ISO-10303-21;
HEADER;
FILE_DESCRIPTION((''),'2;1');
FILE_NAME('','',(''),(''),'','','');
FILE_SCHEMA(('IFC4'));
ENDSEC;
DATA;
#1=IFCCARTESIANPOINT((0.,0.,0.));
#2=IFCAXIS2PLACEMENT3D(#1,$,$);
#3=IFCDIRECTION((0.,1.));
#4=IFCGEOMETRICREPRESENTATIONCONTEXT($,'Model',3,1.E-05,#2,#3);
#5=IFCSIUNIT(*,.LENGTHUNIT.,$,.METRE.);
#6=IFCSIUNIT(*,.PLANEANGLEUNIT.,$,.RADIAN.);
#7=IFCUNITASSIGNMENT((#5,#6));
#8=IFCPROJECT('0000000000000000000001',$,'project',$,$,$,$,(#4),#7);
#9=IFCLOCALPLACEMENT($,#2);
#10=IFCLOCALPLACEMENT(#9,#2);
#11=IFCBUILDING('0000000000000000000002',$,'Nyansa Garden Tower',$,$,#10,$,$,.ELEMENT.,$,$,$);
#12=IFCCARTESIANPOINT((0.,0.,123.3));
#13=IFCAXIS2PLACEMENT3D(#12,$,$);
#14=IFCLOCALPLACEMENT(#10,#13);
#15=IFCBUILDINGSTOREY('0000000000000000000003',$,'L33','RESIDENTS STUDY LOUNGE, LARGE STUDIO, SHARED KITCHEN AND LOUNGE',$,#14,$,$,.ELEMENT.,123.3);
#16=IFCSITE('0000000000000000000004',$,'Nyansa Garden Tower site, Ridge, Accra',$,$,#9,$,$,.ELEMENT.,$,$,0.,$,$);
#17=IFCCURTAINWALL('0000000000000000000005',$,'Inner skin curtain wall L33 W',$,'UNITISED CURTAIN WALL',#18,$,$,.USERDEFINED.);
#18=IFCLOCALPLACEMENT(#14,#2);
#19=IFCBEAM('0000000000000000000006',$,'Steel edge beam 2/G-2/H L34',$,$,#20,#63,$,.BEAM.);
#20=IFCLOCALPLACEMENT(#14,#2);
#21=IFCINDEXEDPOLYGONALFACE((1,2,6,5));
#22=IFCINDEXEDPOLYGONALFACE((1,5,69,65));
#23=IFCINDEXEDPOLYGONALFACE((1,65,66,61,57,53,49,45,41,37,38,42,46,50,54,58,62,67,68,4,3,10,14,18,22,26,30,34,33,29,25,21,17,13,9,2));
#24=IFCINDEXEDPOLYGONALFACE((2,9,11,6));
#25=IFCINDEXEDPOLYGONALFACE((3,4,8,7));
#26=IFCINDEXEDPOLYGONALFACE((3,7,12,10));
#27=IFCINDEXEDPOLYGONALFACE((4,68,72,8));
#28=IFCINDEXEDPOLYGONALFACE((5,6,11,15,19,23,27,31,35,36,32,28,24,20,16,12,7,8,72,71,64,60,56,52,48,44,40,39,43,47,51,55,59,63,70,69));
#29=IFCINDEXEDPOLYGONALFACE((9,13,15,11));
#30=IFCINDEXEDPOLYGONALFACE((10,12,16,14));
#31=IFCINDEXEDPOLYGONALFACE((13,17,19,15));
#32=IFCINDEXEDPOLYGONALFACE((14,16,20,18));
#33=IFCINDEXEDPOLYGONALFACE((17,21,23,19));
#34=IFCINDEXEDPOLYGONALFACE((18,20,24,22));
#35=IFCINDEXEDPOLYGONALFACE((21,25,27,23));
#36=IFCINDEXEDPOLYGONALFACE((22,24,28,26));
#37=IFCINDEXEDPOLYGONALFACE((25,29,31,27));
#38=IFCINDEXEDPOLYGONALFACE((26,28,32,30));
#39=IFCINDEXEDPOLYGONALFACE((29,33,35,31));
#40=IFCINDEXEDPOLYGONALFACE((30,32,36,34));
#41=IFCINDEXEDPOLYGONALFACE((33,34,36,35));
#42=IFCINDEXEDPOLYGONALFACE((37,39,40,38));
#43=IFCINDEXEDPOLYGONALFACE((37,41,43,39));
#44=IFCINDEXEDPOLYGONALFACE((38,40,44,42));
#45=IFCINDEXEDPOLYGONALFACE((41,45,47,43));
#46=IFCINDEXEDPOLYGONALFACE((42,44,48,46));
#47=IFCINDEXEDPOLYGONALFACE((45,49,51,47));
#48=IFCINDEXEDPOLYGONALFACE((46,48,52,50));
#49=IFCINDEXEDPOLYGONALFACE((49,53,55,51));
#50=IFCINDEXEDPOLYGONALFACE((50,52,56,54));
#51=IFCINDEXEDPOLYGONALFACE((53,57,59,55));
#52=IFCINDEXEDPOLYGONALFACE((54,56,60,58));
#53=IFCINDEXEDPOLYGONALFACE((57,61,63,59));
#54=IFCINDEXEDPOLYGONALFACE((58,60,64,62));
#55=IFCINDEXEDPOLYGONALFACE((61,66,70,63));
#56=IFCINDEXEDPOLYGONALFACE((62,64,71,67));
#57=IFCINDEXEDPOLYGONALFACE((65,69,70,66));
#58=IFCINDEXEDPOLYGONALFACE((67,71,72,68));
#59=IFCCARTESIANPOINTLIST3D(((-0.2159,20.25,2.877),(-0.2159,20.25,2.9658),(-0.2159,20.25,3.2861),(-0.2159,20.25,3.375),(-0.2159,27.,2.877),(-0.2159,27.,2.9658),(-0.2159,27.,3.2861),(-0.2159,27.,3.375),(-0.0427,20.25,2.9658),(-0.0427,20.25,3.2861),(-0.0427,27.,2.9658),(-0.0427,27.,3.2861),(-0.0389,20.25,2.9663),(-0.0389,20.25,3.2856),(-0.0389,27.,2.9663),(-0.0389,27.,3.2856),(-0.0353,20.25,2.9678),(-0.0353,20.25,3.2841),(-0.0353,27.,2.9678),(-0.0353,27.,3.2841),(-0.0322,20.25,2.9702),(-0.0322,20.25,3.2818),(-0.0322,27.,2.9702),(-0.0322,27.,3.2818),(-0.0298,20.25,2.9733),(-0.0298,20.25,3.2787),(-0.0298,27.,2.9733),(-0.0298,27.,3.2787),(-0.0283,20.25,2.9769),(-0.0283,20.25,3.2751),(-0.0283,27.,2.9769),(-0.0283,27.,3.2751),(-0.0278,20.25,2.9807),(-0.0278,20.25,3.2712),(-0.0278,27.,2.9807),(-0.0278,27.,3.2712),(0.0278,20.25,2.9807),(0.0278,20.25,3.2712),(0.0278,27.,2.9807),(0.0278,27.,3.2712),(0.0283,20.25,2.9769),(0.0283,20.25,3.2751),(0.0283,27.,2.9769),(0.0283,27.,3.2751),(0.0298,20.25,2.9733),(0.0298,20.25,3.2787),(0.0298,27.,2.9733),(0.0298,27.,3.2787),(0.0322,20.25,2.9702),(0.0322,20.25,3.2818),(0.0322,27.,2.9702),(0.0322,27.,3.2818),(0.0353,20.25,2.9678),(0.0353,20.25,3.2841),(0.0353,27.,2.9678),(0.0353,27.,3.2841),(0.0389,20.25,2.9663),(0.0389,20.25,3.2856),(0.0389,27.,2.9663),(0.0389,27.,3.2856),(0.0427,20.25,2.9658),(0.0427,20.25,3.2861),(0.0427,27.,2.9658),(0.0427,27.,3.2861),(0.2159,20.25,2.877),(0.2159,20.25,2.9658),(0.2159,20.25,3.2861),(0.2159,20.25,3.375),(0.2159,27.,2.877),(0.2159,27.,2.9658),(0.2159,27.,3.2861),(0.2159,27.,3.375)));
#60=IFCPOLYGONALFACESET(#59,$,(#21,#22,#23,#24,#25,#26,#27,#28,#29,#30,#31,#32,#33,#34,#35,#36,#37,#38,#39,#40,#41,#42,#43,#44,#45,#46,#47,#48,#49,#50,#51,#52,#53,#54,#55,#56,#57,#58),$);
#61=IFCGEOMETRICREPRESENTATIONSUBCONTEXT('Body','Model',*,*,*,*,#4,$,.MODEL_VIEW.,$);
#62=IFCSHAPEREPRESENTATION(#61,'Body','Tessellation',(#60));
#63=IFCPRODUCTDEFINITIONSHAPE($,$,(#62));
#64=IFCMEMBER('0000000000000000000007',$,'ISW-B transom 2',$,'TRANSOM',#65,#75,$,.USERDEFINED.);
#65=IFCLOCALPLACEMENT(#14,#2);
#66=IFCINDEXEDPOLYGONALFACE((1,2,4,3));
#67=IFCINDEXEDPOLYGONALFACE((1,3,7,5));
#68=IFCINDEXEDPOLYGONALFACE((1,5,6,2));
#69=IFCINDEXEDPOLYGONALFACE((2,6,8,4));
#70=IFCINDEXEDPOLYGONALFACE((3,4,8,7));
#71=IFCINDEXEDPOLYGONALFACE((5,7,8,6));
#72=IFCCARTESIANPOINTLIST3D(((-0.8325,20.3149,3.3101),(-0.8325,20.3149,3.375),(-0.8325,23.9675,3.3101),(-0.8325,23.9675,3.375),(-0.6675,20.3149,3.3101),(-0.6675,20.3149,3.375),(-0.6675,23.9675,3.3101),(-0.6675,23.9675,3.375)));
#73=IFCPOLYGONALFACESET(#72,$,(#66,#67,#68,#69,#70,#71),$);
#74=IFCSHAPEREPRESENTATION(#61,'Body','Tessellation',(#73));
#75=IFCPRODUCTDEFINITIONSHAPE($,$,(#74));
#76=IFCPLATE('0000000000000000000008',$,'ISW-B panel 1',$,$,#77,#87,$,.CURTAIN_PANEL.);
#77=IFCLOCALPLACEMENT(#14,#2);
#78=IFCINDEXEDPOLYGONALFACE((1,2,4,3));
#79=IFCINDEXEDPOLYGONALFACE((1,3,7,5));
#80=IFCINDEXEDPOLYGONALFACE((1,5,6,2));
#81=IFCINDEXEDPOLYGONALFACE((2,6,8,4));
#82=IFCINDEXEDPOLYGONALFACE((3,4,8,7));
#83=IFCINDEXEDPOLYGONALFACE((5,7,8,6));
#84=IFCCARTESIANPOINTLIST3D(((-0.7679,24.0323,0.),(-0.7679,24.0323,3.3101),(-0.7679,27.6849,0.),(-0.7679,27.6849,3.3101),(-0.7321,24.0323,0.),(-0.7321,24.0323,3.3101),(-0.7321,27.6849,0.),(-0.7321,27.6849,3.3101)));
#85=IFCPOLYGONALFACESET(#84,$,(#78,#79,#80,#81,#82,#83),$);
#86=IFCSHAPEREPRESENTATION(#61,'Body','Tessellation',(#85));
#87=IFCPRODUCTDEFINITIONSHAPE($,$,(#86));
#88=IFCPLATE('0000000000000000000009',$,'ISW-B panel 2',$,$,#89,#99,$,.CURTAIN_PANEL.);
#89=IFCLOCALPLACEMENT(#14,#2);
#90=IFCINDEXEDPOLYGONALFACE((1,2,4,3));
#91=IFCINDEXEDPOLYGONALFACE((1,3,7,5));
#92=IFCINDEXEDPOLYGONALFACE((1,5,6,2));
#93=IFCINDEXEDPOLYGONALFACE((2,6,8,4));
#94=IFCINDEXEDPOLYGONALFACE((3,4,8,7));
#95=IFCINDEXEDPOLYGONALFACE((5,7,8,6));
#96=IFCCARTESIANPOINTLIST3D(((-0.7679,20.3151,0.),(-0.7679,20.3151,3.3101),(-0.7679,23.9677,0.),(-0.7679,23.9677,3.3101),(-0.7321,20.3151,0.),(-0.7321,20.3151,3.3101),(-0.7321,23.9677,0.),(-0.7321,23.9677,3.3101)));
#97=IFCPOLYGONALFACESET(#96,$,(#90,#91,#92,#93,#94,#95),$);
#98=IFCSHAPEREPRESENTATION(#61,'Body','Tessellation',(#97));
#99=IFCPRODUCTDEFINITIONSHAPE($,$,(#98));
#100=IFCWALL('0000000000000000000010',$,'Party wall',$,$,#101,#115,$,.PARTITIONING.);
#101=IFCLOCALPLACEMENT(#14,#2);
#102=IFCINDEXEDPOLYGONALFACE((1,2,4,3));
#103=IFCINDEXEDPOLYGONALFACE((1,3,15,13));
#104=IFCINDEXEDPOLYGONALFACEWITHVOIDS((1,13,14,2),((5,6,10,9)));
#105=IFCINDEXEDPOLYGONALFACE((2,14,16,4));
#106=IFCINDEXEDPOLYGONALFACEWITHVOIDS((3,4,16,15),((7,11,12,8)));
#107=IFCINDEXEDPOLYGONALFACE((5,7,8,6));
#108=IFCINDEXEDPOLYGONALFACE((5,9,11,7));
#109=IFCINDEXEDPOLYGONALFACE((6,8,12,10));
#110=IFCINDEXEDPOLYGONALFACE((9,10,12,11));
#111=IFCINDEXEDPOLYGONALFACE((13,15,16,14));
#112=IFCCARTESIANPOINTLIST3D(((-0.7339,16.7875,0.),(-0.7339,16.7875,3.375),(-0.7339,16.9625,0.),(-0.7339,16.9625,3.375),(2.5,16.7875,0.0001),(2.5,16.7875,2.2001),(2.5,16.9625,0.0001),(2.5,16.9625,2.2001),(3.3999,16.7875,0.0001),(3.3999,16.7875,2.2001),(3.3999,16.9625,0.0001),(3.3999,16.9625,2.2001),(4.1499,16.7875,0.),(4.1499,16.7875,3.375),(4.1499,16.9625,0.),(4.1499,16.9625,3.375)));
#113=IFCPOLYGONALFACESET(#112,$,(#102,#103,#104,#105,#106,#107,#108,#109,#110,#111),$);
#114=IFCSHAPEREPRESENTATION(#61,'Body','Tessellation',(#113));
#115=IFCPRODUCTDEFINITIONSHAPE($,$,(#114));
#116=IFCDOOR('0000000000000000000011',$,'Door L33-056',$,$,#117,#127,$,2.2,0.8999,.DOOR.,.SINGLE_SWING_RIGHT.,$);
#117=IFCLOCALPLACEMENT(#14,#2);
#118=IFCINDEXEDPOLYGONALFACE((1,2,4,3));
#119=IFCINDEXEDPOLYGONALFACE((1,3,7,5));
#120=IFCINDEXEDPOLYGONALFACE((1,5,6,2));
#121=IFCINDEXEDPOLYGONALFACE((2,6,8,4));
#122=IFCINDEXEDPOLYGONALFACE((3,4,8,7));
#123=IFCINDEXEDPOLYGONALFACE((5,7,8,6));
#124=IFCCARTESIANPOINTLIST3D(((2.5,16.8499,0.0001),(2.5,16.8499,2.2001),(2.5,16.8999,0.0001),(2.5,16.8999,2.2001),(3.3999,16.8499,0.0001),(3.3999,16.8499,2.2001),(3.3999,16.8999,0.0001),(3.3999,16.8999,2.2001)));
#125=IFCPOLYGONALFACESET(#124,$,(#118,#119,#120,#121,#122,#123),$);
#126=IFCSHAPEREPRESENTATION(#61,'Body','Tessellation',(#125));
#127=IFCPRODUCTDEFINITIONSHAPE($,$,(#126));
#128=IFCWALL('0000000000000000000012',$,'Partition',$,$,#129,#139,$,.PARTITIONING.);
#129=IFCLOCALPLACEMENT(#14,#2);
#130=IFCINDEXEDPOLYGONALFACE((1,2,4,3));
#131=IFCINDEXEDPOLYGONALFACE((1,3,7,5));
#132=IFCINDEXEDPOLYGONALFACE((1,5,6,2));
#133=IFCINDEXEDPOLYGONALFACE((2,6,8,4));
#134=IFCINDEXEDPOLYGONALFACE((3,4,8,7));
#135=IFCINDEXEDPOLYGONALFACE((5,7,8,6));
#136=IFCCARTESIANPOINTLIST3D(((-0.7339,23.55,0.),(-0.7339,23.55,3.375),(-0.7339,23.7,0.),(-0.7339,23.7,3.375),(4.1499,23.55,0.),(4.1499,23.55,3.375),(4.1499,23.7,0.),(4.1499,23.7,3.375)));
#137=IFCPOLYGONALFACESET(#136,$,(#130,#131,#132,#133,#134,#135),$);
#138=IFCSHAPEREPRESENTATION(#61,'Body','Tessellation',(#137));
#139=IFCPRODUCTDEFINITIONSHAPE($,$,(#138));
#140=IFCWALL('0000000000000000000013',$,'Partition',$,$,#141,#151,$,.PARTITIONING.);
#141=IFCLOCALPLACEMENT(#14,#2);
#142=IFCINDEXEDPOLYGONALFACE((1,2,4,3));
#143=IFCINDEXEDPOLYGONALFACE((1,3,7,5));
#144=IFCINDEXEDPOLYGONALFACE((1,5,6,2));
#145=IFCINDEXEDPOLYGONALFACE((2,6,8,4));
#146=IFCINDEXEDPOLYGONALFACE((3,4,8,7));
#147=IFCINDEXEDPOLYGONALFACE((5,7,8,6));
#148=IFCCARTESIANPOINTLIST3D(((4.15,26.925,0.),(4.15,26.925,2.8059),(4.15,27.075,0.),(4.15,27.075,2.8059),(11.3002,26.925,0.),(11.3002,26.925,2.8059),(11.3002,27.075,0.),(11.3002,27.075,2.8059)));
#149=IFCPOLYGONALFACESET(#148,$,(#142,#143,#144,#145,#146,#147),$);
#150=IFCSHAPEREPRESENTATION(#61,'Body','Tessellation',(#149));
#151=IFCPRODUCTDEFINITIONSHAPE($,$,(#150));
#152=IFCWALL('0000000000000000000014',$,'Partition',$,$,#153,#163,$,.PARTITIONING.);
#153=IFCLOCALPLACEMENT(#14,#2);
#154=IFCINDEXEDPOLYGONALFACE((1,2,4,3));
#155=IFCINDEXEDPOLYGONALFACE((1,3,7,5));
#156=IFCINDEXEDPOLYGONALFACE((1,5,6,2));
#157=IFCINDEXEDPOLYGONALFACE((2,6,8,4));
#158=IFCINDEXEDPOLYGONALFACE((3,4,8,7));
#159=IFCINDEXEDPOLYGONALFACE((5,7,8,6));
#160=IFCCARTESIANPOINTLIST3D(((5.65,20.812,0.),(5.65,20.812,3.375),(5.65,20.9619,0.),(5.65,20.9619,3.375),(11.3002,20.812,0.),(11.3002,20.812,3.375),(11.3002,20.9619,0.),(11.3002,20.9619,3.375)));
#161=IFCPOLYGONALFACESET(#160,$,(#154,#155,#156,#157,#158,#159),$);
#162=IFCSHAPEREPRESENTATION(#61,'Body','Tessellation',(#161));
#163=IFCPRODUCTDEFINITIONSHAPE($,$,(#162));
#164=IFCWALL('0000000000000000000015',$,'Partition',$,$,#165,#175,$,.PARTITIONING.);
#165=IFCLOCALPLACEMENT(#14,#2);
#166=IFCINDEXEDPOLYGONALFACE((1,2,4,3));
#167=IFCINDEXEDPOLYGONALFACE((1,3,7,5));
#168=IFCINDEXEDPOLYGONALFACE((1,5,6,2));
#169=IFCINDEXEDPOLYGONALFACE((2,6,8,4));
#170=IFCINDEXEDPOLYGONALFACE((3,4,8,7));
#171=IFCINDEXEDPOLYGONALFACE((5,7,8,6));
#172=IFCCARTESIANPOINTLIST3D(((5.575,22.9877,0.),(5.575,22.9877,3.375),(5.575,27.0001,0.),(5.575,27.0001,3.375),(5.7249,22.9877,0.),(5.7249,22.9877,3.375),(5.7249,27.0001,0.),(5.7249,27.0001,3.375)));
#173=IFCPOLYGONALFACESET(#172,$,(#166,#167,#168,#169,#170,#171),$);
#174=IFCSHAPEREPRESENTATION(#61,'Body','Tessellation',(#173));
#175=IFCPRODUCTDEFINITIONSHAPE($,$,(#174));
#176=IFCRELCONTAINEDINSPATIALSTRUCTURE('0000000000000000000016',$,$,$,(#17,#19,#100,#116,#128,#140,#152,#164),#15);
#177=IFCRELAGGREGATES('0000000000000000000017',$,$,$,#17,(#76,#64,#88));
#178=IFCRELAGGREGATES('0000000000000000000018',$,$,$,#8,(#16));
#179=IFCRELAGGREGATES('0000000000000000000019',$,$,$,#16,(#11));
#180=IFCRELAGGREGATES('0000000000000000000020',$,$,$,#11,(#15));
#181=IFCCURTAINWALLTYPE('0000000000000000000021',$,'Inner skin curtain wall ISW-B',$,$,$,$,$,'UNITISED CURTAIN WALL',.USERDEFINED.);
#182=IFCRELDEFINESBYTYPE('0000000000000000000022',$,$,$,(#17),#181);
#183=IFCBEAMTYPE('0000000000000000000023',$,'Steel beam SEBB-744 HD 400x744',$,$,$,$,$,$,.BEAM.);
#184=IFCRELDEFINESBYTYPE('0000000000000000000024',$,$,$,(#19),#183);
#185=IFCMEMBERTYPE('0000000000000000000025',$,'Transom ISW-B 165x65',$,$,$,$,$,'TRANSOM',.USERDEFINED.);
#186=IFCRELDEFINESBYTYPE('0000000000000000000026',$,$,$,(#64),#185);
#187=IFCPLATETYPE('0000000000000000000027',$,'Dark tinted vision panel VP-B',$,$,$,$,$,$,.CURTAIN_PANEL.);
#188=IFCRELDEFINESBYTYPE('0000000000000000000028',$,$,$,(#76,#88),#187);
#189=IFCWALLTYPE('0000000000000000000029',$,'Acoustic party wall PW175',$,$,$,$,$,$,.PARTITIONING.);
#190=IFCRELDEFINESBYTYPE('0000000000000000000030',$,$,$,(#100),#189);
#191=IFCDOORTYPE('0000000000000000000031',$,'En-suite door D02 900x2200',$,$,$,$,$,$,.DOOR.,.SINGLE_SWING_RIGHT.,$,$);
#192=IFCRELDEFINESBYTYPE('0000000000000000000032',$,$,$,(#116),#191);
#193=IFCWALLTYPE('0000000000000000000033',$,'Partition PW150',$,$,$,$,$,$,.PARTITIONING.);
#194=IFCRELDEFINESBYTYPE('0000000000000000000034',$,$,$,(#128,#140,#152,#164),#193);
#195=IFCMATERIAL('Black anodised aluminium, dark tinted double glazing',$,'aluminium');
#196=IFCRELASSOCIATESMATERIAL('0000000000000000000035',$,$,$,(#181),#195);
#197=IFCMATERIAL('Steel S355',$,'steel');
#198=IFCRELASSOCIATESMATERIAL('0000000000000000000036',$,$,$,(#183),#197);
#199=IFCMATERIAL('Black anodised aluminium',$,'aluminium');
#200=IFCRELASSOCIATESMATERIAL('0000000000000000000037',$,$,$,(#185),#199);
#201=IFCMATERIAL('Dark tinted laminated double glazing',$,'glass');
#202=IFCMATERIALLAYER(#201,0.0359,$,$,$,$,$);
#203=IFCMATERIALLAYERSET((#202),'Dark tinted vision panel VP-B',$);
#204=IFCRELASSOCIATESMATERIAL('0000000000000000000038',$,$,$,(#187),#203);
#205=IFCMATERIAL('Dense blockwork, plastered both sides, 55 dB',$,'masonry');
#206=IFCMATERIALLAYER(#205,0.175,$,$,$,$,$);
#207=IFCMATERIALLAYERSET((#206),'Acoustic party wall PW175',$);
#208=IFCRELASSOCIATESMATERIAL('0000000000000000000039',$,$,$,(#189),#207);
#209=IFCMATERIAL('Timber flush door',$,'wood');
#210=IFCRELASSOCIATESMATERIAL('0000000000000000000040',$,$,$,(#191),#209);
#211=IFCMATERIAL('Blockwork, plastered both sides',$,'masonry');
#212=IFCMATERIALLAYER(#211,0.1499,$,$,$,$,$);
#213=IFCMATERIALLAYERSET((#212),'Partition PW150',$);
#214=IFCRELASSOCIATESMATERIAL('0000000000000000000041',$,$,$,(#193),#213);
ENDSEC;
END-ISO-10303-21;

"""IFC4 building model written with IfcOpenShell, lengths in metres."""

from ifc_helpers import new_model, si_unit, direction, frame, frame_2d, origin, origin_2d, place, context, subcontext, project, spatial, rectangle, i_section, extrude, material, layer, layer_set, material_profile, profile_set, type_object, element, fill, aggregate, save


model = new_model("IFC4")

# Units and contexts
model_context = context("Model", 3, precision=1e-05, world=origin(), true_north=direction((0.0, 1.0)))
body_context = subcontext(model_context, "Body", "Model", "MODEL_VIEW")
ifc_project = project(units=[si_unit("LENGTHUNIT", "METRE"), si_unit("PLANEANGLEUNIT", "RADIAN")], contexts=[model_context])

# Site, building, storey
site_placement = place(None, origin())
site = spatial("IfcSite", under=ifc_project, at=site_placement, Name="Nyansa Garden Tower site, Ridge, Accra", CompositionType="ELEMENT", RefElevation=0.0)
building_placement = place(site_placement, origin())
building = spatial("IfcBuilding", under=site, at=building_placement, Name="Nyansa Garden Tower", CompositionType="ELEMENT")
storey_placement = place(building_placement, frame((0.0, 0.0, 123.3)))
storey = spatial("IfcBuildingStorey", under=building, at=storey_placement, Name="L33", Description="RESIDENTS STUDY LOUNGE, LARGE STUDIO, SHARED KITCHEN AND LOUNGE", CompositionType="ELEMENT", Elevation=123.3)

# Curtain wall
ifc_material_1 = material(Name="Black anodised aluminium, dark tinted double glazing", Category="aluminium")
curtain_wall_type = type_object("IfcCurtainWallType", Name="Inner skin curtain wall ISW-B", ElementType="UNITISED CURTAIN WALL", PredefinedType="USERDEFINED", material=ifc_material_1)
curtain_wall_placement = place(storey_placement, origin())
curtain_wall = element("IfcCurtainWall", 1, at=curtain_wall_placement, inside=storey, type_object=curtain_wall_type, Name="Inner skin curtain wall L33 W", ObjectType="UNITISED CURTAIN WALL", PredefinedType="USERDEFINED")

# Beam
ifc_material_2 = material(Name="Steel S355", Category="steel")
ifc_material_profile_1 = material_profile(ifc_material_2, i_section(OverallWidth=0.4319, OverallDepth=0.498, WebThickness=0.0557, FlangeThickness=0.0889, FilletRadius=0.0149, at=origin_2d()), Name="HD 400x744")
ifc_profile_set_1 = profile_set([ifc_material_profile_1], Name="Steel S355")
beam_type_1 = type_object("IfcBeamType", Name="Steel beam SEBB-744 HD 400x744", PredefinedType="BEAM", material=ifc_profile_set_1)
beam_placement = place(storey_placement, frame((0.0, 20.25, 3.126), z_axis=(0.0, 1.0, 0.0), x_axis=(-1.0, 0.0, 0.0)))
element("IfcBeam", 2, at=beam_placement, inside=storey, type_object=beam_type_1, Name="Steel edge beam 2/G-2/H L34", PredefinedType="BEAM", context=body_context, shape_type="SweptSolid", body=[
    extrude(i_section(OverallWidth=0.4319, OverallDepth=0.498, WebThickness=0.0557, FlangeThickness=0.0889, FilletRadius=0.0149, at=origin_2d()), origin(), (0.0, 0.0, 1.0), 6.75),
])

# Member
ifc_material_3 = material(Name="Black anodised aluminium", Category="aluminium")
ifc_material_profile_2 = material_profile(ifc_material_3, rectangle(XDim=0.165, YDim=0.0649, at=origin_2d()), Name="Transom 165x65")
ifc_profile_set_2 = profile_set([ifc_material_profile_2], Name="Black anodised aluminium")
member_type_1 = type_object("IfcMemberType", Name="Transom ISW-B 165x65", ElementType="TRANSOM", PredefinedType="USERDEFINED", material=ifc_profile_set_2)
member_1_placement = place(storey_placement, frame((-0.75, 23.9675, 3.3425), z_axis=(0.0, -1.0, 0.0), x_axis=(1.0, 0.0, 0.0)))
member_1 = element("IfcMember", 3, at=member_1_placement, type_object=member_type_1, Name="ISW-B transom 2", ObjectType="TRANSOM", PredefinedType="USERDEFINED", context=body_context, shape_type="SweptSolid", body=[
    extrude(rectangle(XDim=0.165, YDim=0.0649, at=origin_2d()), origin(), (0.0, 0.0, 1.0), 3.6526),
])

# Plates
ifc_material_4 = material(Name="Dark tinted laminated double glazing", Category="glass")
ifc_layer_1 = layer(ifc_material_4, 0.0359)
ifc_layer_set_1 = layer_set([ifc_layer_1], Name="Dark tinted vision panel VP-B")
plate_type = type_object("IfcPlateType", Name="Dark tinted vision panel VP-B", PredefinedType="CURTAIN_PANEL", material=ifc_layer_set_1)
plate_1_placement = place(storey_placement, frame((-0.75, 25.8586, 0.0), z_axis=(0.0, 0.0, 1.0), x_axis=(0.0, -1.0, 0.0)))
plate_1 = element("IfcPlate", 4, at=plate_1_placement, type_object=plate_type, Name="ISW-B panel 1", PredefinedType="CURTAIN_PANEL", context=body_context, shape_type="SweptSolid", body=[
    extrude(rectangle(XDim=3.6526, YDim=0.0359, at=origin_2d()), origin(), (0.0, 0.0, 1.0), 3.3101),
])
plate_2_placement = place(storey_placement, frame((-0.75, 22.1414, 0.0), z_axis=(0.0, 0.0, 1.0), x_axis=(0.0, -1.0, 0.0)))
plate_2 = element("IfcPlate", 5, at=plate_2_placement, type_object=plate_type, Name="ISW-B panel 2", PredefinedType="CURTAIN_PANEL", context=body_context, shape_type="SweptSolid", body=[
    extrude(rectangle(XDim=3.6526, YDim=0.0359, at=origin_2d()), origin(), (0.0, 0.0, 1.0), 3.3101),
])
aggregate(curtain_wall, [plate_1, member_1, plate_2])

# Wall, opening, door
ifc_material_5 = material(Name="Dense blockwork, plastered both sides, 55 dB", Category="masonry")
ifc_layer_2 = layer(ifc_material_5, 0.175)
ifc_layer_set_2 = layer_set([ifc_layer_2], Name="Acoustic party wall PW175")
wall_type_1 = type_object("IfcWallType", Name="Acoustic party wall PW175", PredefinedType="PARTITIONING", material=ifc_layer_set_2)
wall_1_placement = place(storey_placement, frame((-0.7339, 16.875, 0.0), z_axis=(0.0, 0.0, 1.0), x_axis=(1.0, 0.0, 0.0)))
wall_1 = element("IfcWall", 6, at=wall_1_placement, inside=storey, type_object=wall_type_1, Name="Party wall", PredefinedType="PARTITIONING", context=body_context, shape_type="SweptSolid", body=[
    extrude(rectangle(XDim=4.8838, YDim=0.175, at=frame_2d((2.4419, 0.0))), origin(), (0.0, 0.0, 1.0), 3.375),
])
opening_1_placement = place(wall_1_placement, frame((3.2339, 0.0, 0.0)))
opening_1 = element("IfcOpeningElement", 7, at=opening_1_placement, cuts=wall_1, PredefinedType="OPENING", context=body_context, shape_type="SweptSolid", body=[
    extrude(rectangle(XDim=0.8999, YDim=2.2, at=frame_2d((0.45, 1.1001))), frame((0.0, 0.0974, 0.0), z_axis=(0.0, -1.0, 0.0), x_axis=(1.0, 0.0, 0.0)), (0.0, 0.0, 1.0), 0.1951),
])
ifc_material_6 = material(Name="Timber flush door", Category="wood")
door_type_1 = type_object("IfcDoorType", Name="En-suite door D02 900x2200", OperationType="SINGLE_SWING_RIGHT", PredefinedType="DOOR", material=ifc_material_6)
door_1_placement = place(opening_1_placement, origin())
door_1 = element("IfcDoor", 8, at=door_1_placement, inside=storey, type_object=door_type_1, Name="Door L33-056", OperationType="SINGLE_SWING_RIGHT", OverallHeight=2.2, OverallWidth=0.8999, PredefinedType="DOOR", context=body_context, shape_type="SweptSolid", body=[
    extrude(rectangle(XDim=0.8999, YDim=2.2, at=frame_2d((0.45, 1.1001))), frame((0.0, 0.0249, 0.0), z_axis=(0.0, -1.0, 0.0), x_axis=(1.0, 0.0, 0.0)), (0.0, 0.0, 1.0), 0.05),
])
fill(opening_1, door_1)

# Walls
ifc_material_7 = material(Name="Blockwork, plastered both sides", Category="masonry")
ifc_layer_3 = layer(ifc_material_7, 0.1499)
ifc_layer_set_3 = layer_set([ifc_layer_3], Name="Partition PW150")
wall_type_2 = type_object("IfcWallType", Name="Partition PW150", PredefinedType="PARTITIONING", material=ifc_layer_set_3)
wall_2_placement = place(storey_placement, frame((-0.7339, 23.625, 0.0), z_axis=(0.0, 0.0, 1.0), x_axis=(1.0, 0.0, 0.0)))
element("IfcWall", 9, at=wall_2_placement, inside=storey, type_object=wall_type_2, Name="Partition", PredefinedType="PARTITIONING", context=body_context, shape_type="SweptSolid", body=[
    extrude(rectangle(XDim=4.8838, YDim=0.1499, at=frame_2d((2.4419, 0.0))), origin(), (0.0, 0.0, 1.0), 3.375),
])
wall_3_placement = place(storey_placement, frame((4.1499, 27.0, 0.0), z_axis=(0.0, 0.0, 1.0), x_axis=(1.0, 0.0, 0.0)))
element("IfcWall", 10, at=wall_3_placement, inside=storey, type_object=wall_type_2, Name="Partition", PredefinedType="PARTITIONING", context=body_context, shape_type="SweptSolid", body=[
    extrude(rectangle(XDim=7.1501, YDim=0.1499, at=frame_2d((3.5752, 0.0))), origin(), (0.0, 0.0, 1.0), 2.8059),
])
wall_4_placement = place(storey_placement, frame((5.6499, 20.887, 0.0), z_axis=(0.0, 0.0, 1.0), x_axis=(1.0, 0.0, 0.0)))
element("IfcWall", 11, at=wall_4_placement, inside=storey, type_object=wall_type_2, Name="Partition", PredefinedType="PARTITIONING", context=body_context, shape_type="SweptSolid", body=[
    extrude(rectangle(XDim=5.6501, YDim=0.1499, at=frame_2d((2.8252, 0.0))), origin(), (0.0, 0.0, 1.0), 3.375),
])
wall_5_placement = place(storey_placement, frame((5.6499, 22.9875, 0.0), z_axis=(0.0, 0.0, 1.0), x_axis=(0.0, 1.0, 0.0)))
element("IfcWall", 12, at=wall_5_placement, inside=storey, type_object=wall_type_2, Name="Partition", PredefinedType="PARTITIONING", context=body_context, shape_type="SweptSolid", body=[
    extrude(rectangle(XDim=4.0125, YDim=0.1499, at=frame_2d((2.0063, 0.0))), origin(), (0.0, 0.0, 1.0), 3.375),
])

save(model, "model.ifc")
